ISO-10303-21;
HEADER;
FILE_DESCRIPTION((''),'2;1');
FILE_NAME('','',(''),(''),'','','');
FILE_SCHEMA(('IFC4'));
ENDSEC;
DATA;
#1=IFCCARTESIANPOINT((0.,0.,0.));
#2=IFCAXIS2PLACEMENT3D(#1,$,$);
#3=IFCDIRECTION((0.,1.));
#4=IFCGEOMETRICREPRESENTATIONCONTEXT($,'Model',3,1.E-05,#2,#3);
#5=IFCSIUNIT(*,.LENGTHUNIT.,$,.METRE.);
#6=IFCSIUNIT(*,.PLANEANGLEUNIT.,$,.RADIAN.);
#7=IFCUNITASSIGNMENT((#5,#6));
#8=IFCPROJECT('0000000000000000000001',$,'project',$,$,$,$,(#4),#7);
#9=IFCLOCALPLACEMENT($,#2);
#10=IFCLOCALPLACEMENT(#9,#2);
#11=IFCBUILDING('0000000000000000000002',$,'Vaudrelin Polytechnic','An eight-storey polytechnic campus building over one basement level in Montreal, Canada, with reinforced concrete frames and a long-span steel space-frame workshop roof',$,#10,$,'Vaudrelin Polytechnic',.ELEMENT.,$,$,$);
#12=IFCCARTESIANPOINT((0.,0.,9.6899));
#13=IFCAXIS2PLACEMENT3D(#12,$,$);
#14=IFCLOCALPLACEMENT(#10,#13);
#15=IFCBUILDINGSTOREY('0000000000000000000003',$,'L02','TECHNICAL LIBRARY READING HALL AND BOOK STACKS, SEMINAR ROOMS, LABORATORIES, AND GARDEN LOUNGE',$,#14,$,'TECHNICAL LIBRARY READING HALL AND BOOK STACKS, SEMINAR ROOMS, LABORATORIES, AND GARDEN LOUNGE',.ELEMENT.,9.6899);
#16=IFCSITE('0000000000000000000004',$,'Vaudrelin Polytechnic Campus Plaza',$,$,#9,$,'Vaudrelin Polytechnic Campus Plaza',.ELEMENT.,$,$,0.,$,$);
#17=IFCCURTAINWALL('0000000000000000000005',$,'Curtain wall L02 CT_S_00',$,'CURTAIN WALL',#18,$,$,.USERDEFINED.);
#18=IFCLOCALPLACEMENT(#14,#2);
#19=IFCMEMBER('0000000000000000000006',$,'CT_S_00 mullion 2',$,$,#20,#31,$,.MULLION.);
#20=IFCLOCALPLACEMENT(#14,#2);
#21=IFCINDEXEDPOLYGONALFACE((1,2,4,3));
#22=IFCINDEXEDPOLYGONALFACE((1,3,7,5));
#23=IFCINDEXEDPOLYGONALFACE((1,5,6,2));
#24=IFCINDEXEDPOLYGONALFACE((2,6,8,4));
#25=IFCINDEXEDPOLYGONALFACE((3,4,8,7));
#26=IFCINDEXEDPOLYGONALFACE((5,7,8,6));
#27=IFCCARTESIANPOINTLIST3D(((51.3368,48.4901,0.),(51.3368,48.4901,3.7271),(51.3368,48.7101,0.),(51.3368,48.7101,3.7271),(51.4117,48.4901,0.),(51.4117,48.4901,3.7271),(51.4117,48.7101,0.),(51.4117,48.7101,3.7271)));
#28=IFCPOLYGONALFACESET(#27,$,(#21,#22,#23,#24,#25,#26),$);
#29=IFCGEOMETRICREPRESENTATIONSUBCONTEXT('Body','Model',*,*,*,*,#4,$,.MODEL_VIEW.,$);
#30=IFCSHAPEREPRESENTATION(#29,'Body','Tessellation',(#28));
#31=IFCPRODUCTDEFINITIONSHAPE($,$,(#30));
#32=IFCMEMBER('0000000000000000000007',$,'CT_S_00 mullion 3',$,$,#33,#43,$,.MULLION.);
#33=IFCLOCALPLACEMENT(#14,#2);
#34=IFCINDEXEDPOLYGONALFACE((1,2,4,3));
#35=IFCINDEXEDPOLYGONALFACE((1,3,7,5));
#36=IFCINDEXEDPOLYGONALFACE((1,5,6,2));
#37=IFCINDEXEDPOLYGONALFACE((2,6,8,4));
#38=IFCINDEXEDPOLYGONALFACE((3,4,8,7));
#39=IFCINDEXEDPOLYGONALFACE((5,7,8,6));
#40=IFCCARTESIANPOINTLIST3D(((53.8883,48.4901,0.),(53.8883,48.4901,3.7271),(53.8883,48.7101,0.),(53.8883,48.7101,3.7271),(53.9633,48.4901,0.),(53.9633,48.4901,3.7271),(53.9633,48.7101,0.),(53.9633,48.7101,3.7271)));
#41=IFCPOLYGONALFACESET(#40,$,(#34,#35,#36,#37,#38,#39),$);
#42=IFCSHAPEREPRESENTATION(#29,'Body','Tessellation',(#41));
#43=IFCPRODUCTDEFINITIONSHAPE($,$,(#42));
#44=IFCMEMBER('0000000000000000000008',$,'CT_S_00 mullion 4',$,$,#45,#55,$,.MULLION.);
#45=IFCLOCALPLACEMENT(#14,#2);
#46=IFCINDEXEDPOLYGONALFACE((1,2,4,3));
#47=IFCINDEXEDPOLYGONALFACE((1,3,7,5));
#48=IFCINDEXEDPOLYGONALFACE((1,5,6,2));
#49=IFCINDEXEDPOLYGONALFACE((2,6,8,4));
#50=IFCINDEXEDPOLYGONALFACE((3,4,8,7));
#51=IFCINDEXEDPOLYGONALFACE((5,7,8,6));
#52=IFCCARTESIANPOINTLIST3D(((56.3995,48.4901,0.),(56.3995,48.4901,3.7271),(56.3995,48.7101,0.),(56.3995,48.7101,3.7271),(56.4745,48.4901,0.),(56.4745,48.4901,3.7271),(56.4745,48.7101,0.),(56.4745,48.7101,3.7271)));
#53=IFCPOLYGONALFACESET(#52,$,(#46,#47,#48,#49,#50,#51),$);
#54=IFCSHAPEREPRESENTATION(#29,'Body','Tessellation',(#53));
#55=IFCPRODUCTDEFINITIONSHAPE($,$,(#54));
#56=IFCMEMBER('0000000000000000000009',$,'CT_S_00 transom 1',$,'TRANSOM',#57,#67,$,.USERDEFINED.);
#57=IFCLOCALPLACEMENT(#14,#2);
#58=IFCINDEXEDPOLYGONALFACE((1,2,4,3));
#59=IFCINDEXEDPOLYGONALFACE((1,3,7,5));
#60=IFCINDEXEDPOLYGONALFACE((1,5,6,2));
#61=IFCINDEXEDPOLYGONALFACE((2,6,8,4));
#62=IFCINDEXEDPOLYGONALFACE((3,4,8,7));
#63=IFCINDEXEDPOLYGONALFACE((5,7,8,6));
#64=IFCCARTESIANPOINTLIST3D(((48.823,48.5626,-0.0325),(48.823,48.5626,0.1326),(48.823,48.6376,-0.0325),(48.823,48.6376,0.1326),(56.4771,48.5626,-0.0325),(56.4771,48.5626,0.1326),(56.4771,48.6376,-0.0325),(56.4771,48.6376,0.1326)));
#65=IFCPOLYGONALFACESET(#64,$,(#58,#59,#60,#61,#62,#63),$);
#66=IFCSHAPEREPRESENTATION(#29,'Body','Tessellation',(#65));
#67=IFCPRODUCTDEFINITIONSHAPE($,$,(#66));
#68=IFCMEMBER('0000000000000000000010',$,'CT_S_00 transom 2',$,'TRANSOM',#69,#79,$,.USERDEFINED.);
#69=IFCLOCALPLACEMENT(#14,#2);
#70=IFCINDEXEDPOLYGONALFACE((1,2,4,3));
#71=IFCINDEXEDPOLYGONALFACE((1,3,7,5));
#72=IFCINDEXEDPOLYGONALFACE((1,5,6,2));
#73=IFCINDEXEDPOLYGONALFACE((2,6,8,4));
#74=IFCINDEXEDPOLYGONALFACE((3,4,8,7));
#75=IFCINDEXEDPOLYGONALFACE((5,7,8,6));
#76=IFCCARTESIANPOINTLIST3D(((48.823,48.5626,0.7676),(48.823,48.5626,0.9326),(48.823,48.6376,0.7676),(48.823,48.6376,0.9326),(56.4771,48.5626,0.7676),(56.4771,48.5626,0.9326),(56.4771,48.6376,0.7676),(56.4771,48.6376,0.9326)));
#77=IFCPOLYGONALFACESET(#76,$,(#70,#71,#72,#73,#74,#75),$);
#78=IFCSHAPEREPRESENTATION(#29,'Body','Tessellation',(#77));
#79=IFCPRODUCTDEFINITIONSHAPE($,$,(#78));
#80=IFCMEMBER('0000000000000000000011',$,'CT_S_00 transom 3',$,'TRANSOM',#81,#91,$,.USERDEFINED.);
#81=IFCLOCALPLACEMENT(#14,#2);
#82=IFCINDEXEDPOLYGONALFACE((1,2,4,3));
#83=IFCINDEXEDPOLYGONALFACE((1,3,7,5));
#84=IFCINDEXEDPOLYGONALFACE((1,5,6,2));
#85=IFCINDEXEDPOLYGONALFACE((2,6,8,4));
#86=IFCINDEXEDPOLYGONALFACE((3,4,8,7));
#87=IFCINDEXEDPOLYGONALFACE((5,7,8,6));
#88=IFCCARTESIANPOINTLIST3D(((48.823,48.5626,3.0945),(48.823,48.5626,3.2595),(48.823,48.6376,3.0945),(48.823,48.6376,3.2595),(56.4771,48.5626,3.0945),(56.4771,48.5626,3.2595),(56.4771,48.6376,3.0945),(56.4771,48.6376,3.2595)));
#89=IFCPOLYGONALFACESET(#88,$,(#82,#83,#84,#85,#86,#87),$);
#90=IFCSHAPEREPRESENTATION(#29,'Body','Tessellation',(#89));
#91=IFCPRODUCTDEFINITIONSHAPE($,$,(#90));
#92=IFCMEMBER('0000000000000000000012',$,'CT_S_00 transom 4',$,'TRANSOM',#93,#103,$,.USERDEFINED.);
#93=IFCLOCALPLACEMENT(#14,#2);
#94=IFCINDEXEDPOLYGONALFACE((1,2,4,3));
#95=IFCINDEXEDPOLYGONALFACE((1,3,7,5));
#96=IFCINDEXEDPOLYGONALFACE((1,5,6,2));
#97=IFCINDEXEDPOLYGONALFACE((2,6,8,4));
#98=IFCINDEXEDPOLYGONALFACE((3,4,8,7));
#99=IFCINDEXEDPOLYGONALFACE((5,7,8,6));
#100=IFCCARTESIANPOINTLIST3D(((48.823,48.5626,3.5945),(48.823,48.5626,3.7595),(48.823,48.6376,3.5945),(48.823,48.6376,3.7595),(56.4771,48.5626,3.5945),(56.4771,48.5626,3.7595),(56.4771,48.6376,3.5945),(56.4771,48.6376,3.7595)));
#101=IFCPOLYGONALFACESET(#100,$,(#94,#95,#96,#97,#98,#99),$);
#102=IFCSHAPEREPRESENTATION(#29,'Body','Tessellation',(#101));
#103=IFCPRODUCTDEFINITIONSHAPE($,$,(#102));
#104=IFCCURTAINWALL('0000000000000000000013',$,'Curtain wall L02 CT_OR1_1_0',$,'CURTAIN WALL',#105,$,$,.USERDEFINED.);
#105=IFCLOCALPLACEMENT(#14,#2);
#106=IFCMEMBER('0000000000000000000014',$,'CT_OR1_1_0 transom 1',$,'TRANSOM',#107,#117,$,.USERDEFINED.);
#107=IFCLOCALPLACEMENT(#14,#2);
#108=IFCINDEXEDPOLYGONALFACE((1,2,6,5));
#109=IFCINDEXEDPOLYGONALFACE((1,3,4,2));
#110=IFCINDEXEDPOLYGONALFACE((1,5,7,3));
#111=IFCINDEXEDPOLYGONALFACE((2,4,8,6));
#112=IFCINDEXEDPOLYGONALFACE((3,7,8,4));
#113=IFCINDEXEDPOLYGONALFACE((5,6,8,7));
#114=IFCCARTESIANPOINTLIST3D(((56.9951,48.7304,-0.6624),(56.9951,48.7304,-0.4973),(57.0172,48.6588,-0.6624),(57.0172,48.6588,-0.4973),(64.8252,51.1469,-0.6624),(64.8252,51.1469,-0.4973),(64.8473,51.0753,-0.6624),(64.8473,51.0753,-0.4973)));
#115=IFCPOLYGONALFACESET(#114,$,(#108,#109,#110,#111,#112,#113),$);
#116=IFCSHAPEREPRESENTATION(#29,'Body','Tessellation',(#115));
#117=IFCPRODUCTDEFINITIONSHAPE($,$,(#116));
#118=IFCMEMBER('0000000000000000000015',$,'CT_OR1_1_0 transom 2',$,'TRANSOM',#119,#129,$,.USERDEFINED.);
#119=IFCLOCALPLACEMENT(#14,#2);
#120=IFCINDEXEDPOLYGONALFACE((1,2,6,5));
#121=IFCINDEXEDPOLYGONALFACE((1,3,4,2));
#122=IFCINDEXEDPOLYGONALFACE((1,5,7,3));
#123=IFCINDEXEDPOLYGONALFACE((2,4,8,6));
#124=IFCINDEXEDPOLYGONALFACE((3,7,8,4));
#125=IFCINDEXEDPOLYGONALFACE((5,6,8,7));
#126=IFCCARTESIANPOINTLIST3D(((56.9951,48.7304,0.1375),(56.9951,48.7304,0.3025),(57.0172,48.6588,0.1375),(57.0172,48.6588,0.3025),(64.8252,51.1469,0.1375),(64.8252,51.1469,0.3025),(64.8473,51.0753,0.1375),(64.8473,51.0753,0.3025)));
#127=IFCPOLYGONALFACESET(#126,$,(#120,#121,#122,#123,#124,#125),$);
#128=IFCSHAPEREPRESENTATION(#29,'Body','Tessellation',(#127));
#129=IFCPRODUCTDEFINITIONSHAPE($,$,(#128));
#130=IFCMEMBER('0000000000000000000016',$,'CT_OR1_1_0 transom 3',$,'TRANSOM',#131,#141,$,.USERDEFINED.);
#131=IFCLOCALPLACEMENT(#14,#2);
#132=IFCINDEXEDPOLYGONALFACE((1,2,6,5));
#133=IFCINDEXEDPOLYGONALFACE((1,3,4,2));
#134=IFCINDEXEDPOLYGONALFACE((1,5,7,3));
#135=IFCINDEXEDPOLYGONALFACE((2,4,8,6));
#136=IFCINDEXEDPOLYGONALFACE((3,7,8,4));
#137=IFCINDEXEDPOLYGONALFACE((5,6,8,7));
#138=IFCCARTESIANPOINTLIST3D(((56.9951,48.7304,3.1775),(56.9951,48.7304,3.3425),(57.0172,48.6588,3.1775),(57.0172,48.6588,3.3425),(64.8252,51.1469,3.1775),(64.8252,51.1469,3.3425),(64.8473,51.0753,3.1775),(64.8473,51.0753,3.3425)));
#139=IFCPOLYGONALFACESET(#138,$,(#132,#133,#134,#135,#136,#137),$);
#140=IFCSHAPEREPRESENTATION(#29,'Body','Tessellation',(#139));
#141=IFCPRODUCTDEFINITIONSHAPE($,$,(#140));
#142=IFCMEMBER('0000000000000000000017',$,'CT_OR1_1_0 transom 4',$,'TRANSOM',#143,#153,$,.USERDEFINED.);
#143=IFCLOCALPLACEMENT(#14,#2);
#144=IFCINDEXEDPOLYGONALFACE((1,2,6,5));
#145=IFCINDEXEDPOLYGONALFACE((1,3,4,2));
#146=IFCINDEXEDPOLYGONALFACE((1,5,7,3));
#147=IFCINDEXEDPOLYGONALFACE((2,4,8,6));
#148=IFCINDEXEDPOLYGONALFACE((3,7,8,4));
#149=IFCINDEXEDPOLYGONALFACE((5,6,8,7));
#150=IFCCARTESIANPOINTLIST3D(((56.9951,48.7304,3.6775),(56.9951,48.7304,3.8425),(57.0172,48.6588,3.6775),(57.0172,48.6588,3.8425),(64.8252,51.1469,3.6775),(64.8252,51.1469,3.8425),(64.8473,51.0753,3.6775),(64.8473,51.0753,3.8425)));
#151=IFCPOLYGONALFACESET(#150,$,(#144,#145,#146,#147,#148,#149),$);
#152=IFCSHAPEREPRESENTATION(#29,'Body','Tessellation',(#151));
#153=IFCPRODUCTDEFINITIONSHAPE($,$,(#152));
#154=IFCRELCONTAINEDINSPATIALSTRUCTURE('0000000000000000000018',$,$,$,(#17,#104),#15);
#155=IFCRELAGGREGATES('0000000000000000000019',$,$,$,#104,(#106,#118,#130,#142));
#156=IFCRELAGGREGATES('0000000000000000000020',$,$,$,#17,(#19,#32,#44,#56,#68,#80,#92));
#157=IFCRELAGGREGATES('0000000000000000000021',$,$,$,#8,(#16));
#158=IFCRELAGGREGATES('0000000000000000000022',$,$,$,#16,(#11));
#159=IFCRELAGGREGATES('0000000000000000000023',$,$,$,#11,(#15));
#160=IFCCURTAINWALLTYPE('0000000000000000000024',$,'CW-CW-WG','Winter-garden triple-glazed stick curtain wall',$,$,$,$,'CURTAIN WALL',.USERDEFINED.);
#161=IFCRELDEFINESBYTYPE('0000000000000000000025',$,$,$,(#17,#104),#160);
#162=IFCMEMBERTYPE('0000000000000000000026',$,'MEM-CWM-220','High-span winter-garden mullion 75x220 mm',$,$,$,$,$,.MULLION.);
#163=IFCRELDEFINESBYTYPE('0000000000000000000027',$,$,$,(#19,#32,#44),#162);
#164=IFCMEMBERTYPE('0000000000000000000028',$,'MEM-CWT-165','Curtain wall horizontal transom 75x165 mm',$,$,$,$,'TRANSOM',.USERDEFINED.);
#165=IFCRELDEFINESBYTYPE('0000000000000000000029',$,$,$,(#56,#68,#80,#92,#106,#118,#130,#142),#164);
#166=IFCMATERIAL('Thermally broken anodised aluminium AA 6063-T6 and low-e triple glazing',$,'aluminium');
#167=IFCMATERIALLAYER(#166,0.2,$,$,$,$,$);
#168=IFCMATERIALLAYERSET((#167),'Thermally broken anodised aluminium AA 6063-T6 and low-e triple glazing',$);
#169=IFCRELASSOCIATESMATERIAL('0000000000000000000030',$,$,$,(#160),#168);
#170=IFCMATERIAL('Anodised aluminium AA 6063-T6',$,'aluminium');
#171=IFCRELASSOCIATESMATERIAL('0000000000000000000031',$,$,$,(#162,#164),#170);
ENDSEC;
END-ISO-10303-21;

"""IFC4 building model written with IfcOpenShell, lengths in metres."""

from ifc_helpers import new_model, si_unit, direction, frame, origin, origin_2d, place, context, subcontext, project, spatial, rectangle, extrude, material, layer, layer_set, material_profile, profile_set, type_object, element, aggregate, save


model = new_model("IFC4")

# Units and contexts
model_context = context("Model", 3, precision=1e-05, world=origin(), true_north=direction((0.0, 1.0)))
body_context = subcontext(model_context, "Body", "Model", "MODEL_VIEW")
ifc_project = project(units=[si_unit("LENGTHUNIT", "METRE"), si_unit("PLANEANGLEUNIT", "RADIAN")], contexts=[model_context])

# Site, building, storey
site_placement = place(None, origin())
site = spatial("IfcSite", under=ifc_project, at=site_placement, Name="Vaudrelin Polytechnic Campus Plaza", LongName="Vaudrelin Polytechnic Campus Plaza", CompositionType="ELEMENT", RefElevation=0.0)
building_placement = place(site_placement, origin())
building = spatial("IfcBuilding", under=site, at=building_placement, Name="Vaudrelin Polytechnic", Description="An eight-storey polytechnic campus building over one basement level in Montreal, Canada, with reinforced concrete frames and a long-span steel space-frame workshop roof", LongName="Vaudrelin Polytechnic", CompositionType="ELEMENT")
storey_placement = place(building_placement, frame((0.0, 0.0, 9.6899)))
storey = spatial("IfcBuildingStorey", under=building, at=storey_placement, Name="L02", Description="TECHNICAL LIBRARY READING HALL AND BOOK STACKS, SEMINAR ROOMS, LABORATORIES, AND GARDEN LOUNGE", LongName="TECHNICAL LIBRARY READING HALL AND BOOK STACKS, SEMINAR ROOMS, LABORATORIES, AND GARDEN LOUNGE", CompositionType="ELEMENT", Elevation=9.6899)

# Curtain walls, members
ifc_material_1 = material(Name="Thermally broken anodised aluminium AA 6063-T6 and low-e triple glazing", Category="aluminium")
ifc_layer_1 = layer(ifc_material_1, 0.2)
ifc_layer_set_1 = layer_set([ifc_layer_1], Name="Thermally broken anodised aluminium AA 6063-T6 and low-e triple glazing")
curtain_wall_type = type_object("IfcCurtainWallType", Name="CW-CW-WG", Description="Winter-garden triple-glazed stick curtain wall", ElementType="CURTAIN WALL", PredefinedType="USERDEFINED", material=ifc_layer_set_1)
curtain_wall_1_placement = place(storey_placement, origin())
curtain_wall_1 = element("IfcCurtainWall", 1, at=curtain_wall_1_placement, inside=storey, type_object=curtain_wall_type, Name="Curtain wall L02 CT_S_00", ObjectType="CURTAIN WALL", PredefinedType="USERDEFINED")
ifc_material_2 = material(Name="Anodised aluminium AA 6063-T6", Category="aluminium")
ifc_material_profile_1 = material_profile(ifc_material_2, rectangle(XDim=0.075, YDim=0.22, at=origin_2d()), Name="CWM-75x220")
ifc_profile_set_1 = profile_set([ifc_material_profile_1], Name="Anodised aluminium AA 6063-T6")
member_type_1 = type_object("IfcMemberType", Name="MEM-CWM-220", Description="High-span winter-garden mullion 75x220 mm", PredefinedType="MULLION", material=ifc_profile_set_1)
member_1_placement = place(storey_placement, frame((51.3743, 48.6001, 0.0), z_axis=(0.0, 0.0, 1.0), x_axis=(1.0, 0.0, 0.0)))
member_1 = element("IfcMember", 2, at=member_1_placement, type_object=member_type_1, Name="CT_S_00 mullion 2", PredefinedType="MULLION", context=body_context, shape_type="SweptSolid", body=[
    extrude(rectangle(XDim=0.075, YDim=0.22, at=origin_2d()), origin(), (0.0, 0.0, 1.0), 3.7271),
])
member_2_placement = place(storey_placement, frame((53.9258, 48.6001, 0.0), z_axis=(0.0, 0.0, 1.0), x_axis=(1.0, 0.0, 0.0)))
member_2 = element("IfcMember", 3, at=member_2_placement, type_object=member_type_1, Name="CT_S_00 mullion 3", PredefinedType="MULLION", context=body_context, shape_type="SweptSolid", body=[
    extrude(rectangle(XDim=0.075, YDim=0.22, at=origin_2d()), origin(), (0.0, 0.0, 1.0), 3.7271),
])
member_3_placement = place(storey_placement, frame((56.437, 48.6001, 0.0), z_axis=(0.0, 0.0, 1.0), x_axis=(1.0, 0.0, 0.0)))
member_3 = element("IfcMember", 4, at=member_3_placement, type_object=member_type_1, Name="CT_S_00 mullion 4", PredefinedType="MULLION", context=body_context, shape_type="SweptSolid", body=[
    extrude(rectangle(XDim=0.075, YDim=0.22, at=origin_2d()), origin(), (0.0, 0.0, 1.0), 3.7271),
])
ifc_material_profile_2 = material_profile(ifc_material_2, rectangle(XDim=0.075, YDim=0.165, at=origin_2d()), Name="CWT-75x165")
ifc_profile_set_2 = profile_set([ifc_material_profile_2], Name="Anodised aluminium AA 6063-T6")
member_type_2 = type_object("IfcMemberType", Name="MEM-CWT-165", Description="Curtain wall horizontal transom 75x165 mm", ElementType="TRANSOM", PredefinedType="USERDEFINED", material=ifc_profile_set_2)
member_4_placement = place(storey_placement, frame((48.823, 48.6001, 0.05), z_axis=(1.0, 0.0, 0.0), x_axis=(0.0, 1.0, 0.0)))
member_4 = element("IfcMember", 5, at=member_4_placement, type_object=member_type_2, Name="CT_S_00 transom 1", ObjectType="TRANSOM", PredefinedType="USERDEFINED", context=body_context, shape_type="SweptSolid", body=[
    extrude(rectangle(XDim=0.075, YDim=0.165, at=origin_2d()), origin(), (0.0, 0.0, 1.0), 7.6541),
])
member_5_placement = place(storey_placement, frame((48.823, 48.6001, 0.8501), z_axis=(1.0, 0.0, 0.0), x_axis=(0.0, 1.0, 0.0)))
member_5 = element("IfcMember", 6, at=member_5_placement, type_object=member_type_2, Name="CT_S_00 transom 2", ObjectType="TRANSOM", PredefinedType="USERDEFINED", context=body_context, shape_type="SweptSolid", body=[
    extrude(rectangle(XDim=0.075, YDim=0.165, at=origin_2d()), origin(), (0.0, 0.0, 1.0), 7.6541),
])
member_6_placement = place(storey_placement, frame((48.823, 48.6001, 3.177), z_axis=(1.0, 0.0, 0.0), x_axis=(0.0, 1.0, 0.0)))
member_6 = element("IfcMember", 7, at=member_6_placement, type_object=member_type_2, Name="CT_S_00 transom 3", ObjectType="TRANSOM", PredefinedType="USERDEFINED", context=body_context, shape_type="SweptSolid", body=[
    extrude(rectangle(XDim=0.075, YDim=0.165, at=origin_2d()), origin(), (0.0, 0.0, 1.0), 7.6541),
])
member_7_placement = place(storey_placement, frame((48.823, 48.6001, 3.677), z_axis=(1.0, 0.0, 0.0), x_axis=(0.0, 1.0, 0.0)))
member_7 = element("IfcMember", 8, at=member_7_placement, type_object=member_type_2, Name="CT_S_00 transom 4", ObjectType="TRANSOM", PredefinedType="USERDEFINED", context=body_context, shape_type="SweptSolid", body=[
    extrude(rectangle(XDim=0.075, YDim=0.165, at=origin_2d()), origin(), (0.0, 0.0, 1.0), 7.6541),
])
curtain_wall_2_placement = place(storey_placement, origin())
curtain_wall_2 = element("IfcCurtainWall", 9, at=curtain_wall_2_placement, inside=storey, type_object=curtain_wall_type, Name="Curtain wall L02 CT_OR1_1_0", ObjectType="CURTAIN WALL", PredefinedType="USERDEFINED")
member_8_placement = place(storey_placement, frame((57.0061, 48.6946, -0.5798), z_axis=(0.95553, 0.294894, 0.0), x_axis=(-0.294894, 0.95553, 0.0)))
member_8 = element("IfcMember", 10, at=member_8_placement, type_object=member_type_2, Name="CT_OR1_1_0 transom 1", ObjectType="TRANSOM", PredefinedType="USERDEFINED", context=body_context, shape_type="SweptSolid", body=[
    extrude(rectangle(XDim=0.075, YDim=0.165, at=origin_2d()), origin(), (0.0, 0.0, 1.0), 8.1946),
])
member_9_placement = place(storey_placement, frame((57.0061, 48.6946, 0.22), z_axis=(0.95553, 0.294894, 0.0), x_axis=(-0.294894, 0.95553, 0.0)))
member_9 = element("IfcMember", 11, at=member_9_placement, type_object=member_type_2, Name="CT_OR1_1_0 transom 2", ObjectType="TRANSOM", PredefinedType="USERDEFINED", context=body_context, shape_type="SweptSolid", body=[
    extrude(rectangle(XDim=0.075, YDim=0.165, at=origin_2d()), origin(), (0.0, 0.0, 1.0), 8.1946),
])
member_10_placement = place(storey_placement, frame((57.0061, 48.6946, 3.26), z_axis=(0.95553, 0.294894, 0.0), x_axis=(-0.294894, 0.95553, 0.0)))
member_10 = element("IfcMember", 12, at=member_10_placement, type_object=member_type_2, Name="CT_OR1_1_0 transom 3", ObjectType="TRANSOM", PredefinedType="USERDEFINED", context=body_context, shape_type="SweptSolid", body=[
    extrude(rectangle(XDim=0.075, YDim=0.165, at=origin_2d()), origin(), (0.0, 0.0, 1.0), 8.1946),
])
member_11_placement = place(storey_placement, frame((57.0061, 48.6946, 3.76), z_axis=(0.95553, 0.294894, 0.0), x_axis=(-0.294894, 0.95553, 0.0)))
member_11 = element("IfcMember", 13, at=member_11_placement, type_object=member_type_2, Name="CT_OR1_1_0 transom 4", ObjectType="TRANSOM", PredefinedType="USERDEFINED", context=body_context, shape_type="SweptSolid", body=[
    extrude(rectangle(XDim=0.075, YDim=0.165, at=origin_2d()), origin(), (0.0, 0.0, 1.0), 8.1946),
])
aggregate(curtain_wall_2, [member_8, member_9, member_10, member_11])

aggregate(curtain_wall_1, [member_1, member_2, member_3, member_4, member_5, member_6, member_7])

save(model, "model.ifc")
